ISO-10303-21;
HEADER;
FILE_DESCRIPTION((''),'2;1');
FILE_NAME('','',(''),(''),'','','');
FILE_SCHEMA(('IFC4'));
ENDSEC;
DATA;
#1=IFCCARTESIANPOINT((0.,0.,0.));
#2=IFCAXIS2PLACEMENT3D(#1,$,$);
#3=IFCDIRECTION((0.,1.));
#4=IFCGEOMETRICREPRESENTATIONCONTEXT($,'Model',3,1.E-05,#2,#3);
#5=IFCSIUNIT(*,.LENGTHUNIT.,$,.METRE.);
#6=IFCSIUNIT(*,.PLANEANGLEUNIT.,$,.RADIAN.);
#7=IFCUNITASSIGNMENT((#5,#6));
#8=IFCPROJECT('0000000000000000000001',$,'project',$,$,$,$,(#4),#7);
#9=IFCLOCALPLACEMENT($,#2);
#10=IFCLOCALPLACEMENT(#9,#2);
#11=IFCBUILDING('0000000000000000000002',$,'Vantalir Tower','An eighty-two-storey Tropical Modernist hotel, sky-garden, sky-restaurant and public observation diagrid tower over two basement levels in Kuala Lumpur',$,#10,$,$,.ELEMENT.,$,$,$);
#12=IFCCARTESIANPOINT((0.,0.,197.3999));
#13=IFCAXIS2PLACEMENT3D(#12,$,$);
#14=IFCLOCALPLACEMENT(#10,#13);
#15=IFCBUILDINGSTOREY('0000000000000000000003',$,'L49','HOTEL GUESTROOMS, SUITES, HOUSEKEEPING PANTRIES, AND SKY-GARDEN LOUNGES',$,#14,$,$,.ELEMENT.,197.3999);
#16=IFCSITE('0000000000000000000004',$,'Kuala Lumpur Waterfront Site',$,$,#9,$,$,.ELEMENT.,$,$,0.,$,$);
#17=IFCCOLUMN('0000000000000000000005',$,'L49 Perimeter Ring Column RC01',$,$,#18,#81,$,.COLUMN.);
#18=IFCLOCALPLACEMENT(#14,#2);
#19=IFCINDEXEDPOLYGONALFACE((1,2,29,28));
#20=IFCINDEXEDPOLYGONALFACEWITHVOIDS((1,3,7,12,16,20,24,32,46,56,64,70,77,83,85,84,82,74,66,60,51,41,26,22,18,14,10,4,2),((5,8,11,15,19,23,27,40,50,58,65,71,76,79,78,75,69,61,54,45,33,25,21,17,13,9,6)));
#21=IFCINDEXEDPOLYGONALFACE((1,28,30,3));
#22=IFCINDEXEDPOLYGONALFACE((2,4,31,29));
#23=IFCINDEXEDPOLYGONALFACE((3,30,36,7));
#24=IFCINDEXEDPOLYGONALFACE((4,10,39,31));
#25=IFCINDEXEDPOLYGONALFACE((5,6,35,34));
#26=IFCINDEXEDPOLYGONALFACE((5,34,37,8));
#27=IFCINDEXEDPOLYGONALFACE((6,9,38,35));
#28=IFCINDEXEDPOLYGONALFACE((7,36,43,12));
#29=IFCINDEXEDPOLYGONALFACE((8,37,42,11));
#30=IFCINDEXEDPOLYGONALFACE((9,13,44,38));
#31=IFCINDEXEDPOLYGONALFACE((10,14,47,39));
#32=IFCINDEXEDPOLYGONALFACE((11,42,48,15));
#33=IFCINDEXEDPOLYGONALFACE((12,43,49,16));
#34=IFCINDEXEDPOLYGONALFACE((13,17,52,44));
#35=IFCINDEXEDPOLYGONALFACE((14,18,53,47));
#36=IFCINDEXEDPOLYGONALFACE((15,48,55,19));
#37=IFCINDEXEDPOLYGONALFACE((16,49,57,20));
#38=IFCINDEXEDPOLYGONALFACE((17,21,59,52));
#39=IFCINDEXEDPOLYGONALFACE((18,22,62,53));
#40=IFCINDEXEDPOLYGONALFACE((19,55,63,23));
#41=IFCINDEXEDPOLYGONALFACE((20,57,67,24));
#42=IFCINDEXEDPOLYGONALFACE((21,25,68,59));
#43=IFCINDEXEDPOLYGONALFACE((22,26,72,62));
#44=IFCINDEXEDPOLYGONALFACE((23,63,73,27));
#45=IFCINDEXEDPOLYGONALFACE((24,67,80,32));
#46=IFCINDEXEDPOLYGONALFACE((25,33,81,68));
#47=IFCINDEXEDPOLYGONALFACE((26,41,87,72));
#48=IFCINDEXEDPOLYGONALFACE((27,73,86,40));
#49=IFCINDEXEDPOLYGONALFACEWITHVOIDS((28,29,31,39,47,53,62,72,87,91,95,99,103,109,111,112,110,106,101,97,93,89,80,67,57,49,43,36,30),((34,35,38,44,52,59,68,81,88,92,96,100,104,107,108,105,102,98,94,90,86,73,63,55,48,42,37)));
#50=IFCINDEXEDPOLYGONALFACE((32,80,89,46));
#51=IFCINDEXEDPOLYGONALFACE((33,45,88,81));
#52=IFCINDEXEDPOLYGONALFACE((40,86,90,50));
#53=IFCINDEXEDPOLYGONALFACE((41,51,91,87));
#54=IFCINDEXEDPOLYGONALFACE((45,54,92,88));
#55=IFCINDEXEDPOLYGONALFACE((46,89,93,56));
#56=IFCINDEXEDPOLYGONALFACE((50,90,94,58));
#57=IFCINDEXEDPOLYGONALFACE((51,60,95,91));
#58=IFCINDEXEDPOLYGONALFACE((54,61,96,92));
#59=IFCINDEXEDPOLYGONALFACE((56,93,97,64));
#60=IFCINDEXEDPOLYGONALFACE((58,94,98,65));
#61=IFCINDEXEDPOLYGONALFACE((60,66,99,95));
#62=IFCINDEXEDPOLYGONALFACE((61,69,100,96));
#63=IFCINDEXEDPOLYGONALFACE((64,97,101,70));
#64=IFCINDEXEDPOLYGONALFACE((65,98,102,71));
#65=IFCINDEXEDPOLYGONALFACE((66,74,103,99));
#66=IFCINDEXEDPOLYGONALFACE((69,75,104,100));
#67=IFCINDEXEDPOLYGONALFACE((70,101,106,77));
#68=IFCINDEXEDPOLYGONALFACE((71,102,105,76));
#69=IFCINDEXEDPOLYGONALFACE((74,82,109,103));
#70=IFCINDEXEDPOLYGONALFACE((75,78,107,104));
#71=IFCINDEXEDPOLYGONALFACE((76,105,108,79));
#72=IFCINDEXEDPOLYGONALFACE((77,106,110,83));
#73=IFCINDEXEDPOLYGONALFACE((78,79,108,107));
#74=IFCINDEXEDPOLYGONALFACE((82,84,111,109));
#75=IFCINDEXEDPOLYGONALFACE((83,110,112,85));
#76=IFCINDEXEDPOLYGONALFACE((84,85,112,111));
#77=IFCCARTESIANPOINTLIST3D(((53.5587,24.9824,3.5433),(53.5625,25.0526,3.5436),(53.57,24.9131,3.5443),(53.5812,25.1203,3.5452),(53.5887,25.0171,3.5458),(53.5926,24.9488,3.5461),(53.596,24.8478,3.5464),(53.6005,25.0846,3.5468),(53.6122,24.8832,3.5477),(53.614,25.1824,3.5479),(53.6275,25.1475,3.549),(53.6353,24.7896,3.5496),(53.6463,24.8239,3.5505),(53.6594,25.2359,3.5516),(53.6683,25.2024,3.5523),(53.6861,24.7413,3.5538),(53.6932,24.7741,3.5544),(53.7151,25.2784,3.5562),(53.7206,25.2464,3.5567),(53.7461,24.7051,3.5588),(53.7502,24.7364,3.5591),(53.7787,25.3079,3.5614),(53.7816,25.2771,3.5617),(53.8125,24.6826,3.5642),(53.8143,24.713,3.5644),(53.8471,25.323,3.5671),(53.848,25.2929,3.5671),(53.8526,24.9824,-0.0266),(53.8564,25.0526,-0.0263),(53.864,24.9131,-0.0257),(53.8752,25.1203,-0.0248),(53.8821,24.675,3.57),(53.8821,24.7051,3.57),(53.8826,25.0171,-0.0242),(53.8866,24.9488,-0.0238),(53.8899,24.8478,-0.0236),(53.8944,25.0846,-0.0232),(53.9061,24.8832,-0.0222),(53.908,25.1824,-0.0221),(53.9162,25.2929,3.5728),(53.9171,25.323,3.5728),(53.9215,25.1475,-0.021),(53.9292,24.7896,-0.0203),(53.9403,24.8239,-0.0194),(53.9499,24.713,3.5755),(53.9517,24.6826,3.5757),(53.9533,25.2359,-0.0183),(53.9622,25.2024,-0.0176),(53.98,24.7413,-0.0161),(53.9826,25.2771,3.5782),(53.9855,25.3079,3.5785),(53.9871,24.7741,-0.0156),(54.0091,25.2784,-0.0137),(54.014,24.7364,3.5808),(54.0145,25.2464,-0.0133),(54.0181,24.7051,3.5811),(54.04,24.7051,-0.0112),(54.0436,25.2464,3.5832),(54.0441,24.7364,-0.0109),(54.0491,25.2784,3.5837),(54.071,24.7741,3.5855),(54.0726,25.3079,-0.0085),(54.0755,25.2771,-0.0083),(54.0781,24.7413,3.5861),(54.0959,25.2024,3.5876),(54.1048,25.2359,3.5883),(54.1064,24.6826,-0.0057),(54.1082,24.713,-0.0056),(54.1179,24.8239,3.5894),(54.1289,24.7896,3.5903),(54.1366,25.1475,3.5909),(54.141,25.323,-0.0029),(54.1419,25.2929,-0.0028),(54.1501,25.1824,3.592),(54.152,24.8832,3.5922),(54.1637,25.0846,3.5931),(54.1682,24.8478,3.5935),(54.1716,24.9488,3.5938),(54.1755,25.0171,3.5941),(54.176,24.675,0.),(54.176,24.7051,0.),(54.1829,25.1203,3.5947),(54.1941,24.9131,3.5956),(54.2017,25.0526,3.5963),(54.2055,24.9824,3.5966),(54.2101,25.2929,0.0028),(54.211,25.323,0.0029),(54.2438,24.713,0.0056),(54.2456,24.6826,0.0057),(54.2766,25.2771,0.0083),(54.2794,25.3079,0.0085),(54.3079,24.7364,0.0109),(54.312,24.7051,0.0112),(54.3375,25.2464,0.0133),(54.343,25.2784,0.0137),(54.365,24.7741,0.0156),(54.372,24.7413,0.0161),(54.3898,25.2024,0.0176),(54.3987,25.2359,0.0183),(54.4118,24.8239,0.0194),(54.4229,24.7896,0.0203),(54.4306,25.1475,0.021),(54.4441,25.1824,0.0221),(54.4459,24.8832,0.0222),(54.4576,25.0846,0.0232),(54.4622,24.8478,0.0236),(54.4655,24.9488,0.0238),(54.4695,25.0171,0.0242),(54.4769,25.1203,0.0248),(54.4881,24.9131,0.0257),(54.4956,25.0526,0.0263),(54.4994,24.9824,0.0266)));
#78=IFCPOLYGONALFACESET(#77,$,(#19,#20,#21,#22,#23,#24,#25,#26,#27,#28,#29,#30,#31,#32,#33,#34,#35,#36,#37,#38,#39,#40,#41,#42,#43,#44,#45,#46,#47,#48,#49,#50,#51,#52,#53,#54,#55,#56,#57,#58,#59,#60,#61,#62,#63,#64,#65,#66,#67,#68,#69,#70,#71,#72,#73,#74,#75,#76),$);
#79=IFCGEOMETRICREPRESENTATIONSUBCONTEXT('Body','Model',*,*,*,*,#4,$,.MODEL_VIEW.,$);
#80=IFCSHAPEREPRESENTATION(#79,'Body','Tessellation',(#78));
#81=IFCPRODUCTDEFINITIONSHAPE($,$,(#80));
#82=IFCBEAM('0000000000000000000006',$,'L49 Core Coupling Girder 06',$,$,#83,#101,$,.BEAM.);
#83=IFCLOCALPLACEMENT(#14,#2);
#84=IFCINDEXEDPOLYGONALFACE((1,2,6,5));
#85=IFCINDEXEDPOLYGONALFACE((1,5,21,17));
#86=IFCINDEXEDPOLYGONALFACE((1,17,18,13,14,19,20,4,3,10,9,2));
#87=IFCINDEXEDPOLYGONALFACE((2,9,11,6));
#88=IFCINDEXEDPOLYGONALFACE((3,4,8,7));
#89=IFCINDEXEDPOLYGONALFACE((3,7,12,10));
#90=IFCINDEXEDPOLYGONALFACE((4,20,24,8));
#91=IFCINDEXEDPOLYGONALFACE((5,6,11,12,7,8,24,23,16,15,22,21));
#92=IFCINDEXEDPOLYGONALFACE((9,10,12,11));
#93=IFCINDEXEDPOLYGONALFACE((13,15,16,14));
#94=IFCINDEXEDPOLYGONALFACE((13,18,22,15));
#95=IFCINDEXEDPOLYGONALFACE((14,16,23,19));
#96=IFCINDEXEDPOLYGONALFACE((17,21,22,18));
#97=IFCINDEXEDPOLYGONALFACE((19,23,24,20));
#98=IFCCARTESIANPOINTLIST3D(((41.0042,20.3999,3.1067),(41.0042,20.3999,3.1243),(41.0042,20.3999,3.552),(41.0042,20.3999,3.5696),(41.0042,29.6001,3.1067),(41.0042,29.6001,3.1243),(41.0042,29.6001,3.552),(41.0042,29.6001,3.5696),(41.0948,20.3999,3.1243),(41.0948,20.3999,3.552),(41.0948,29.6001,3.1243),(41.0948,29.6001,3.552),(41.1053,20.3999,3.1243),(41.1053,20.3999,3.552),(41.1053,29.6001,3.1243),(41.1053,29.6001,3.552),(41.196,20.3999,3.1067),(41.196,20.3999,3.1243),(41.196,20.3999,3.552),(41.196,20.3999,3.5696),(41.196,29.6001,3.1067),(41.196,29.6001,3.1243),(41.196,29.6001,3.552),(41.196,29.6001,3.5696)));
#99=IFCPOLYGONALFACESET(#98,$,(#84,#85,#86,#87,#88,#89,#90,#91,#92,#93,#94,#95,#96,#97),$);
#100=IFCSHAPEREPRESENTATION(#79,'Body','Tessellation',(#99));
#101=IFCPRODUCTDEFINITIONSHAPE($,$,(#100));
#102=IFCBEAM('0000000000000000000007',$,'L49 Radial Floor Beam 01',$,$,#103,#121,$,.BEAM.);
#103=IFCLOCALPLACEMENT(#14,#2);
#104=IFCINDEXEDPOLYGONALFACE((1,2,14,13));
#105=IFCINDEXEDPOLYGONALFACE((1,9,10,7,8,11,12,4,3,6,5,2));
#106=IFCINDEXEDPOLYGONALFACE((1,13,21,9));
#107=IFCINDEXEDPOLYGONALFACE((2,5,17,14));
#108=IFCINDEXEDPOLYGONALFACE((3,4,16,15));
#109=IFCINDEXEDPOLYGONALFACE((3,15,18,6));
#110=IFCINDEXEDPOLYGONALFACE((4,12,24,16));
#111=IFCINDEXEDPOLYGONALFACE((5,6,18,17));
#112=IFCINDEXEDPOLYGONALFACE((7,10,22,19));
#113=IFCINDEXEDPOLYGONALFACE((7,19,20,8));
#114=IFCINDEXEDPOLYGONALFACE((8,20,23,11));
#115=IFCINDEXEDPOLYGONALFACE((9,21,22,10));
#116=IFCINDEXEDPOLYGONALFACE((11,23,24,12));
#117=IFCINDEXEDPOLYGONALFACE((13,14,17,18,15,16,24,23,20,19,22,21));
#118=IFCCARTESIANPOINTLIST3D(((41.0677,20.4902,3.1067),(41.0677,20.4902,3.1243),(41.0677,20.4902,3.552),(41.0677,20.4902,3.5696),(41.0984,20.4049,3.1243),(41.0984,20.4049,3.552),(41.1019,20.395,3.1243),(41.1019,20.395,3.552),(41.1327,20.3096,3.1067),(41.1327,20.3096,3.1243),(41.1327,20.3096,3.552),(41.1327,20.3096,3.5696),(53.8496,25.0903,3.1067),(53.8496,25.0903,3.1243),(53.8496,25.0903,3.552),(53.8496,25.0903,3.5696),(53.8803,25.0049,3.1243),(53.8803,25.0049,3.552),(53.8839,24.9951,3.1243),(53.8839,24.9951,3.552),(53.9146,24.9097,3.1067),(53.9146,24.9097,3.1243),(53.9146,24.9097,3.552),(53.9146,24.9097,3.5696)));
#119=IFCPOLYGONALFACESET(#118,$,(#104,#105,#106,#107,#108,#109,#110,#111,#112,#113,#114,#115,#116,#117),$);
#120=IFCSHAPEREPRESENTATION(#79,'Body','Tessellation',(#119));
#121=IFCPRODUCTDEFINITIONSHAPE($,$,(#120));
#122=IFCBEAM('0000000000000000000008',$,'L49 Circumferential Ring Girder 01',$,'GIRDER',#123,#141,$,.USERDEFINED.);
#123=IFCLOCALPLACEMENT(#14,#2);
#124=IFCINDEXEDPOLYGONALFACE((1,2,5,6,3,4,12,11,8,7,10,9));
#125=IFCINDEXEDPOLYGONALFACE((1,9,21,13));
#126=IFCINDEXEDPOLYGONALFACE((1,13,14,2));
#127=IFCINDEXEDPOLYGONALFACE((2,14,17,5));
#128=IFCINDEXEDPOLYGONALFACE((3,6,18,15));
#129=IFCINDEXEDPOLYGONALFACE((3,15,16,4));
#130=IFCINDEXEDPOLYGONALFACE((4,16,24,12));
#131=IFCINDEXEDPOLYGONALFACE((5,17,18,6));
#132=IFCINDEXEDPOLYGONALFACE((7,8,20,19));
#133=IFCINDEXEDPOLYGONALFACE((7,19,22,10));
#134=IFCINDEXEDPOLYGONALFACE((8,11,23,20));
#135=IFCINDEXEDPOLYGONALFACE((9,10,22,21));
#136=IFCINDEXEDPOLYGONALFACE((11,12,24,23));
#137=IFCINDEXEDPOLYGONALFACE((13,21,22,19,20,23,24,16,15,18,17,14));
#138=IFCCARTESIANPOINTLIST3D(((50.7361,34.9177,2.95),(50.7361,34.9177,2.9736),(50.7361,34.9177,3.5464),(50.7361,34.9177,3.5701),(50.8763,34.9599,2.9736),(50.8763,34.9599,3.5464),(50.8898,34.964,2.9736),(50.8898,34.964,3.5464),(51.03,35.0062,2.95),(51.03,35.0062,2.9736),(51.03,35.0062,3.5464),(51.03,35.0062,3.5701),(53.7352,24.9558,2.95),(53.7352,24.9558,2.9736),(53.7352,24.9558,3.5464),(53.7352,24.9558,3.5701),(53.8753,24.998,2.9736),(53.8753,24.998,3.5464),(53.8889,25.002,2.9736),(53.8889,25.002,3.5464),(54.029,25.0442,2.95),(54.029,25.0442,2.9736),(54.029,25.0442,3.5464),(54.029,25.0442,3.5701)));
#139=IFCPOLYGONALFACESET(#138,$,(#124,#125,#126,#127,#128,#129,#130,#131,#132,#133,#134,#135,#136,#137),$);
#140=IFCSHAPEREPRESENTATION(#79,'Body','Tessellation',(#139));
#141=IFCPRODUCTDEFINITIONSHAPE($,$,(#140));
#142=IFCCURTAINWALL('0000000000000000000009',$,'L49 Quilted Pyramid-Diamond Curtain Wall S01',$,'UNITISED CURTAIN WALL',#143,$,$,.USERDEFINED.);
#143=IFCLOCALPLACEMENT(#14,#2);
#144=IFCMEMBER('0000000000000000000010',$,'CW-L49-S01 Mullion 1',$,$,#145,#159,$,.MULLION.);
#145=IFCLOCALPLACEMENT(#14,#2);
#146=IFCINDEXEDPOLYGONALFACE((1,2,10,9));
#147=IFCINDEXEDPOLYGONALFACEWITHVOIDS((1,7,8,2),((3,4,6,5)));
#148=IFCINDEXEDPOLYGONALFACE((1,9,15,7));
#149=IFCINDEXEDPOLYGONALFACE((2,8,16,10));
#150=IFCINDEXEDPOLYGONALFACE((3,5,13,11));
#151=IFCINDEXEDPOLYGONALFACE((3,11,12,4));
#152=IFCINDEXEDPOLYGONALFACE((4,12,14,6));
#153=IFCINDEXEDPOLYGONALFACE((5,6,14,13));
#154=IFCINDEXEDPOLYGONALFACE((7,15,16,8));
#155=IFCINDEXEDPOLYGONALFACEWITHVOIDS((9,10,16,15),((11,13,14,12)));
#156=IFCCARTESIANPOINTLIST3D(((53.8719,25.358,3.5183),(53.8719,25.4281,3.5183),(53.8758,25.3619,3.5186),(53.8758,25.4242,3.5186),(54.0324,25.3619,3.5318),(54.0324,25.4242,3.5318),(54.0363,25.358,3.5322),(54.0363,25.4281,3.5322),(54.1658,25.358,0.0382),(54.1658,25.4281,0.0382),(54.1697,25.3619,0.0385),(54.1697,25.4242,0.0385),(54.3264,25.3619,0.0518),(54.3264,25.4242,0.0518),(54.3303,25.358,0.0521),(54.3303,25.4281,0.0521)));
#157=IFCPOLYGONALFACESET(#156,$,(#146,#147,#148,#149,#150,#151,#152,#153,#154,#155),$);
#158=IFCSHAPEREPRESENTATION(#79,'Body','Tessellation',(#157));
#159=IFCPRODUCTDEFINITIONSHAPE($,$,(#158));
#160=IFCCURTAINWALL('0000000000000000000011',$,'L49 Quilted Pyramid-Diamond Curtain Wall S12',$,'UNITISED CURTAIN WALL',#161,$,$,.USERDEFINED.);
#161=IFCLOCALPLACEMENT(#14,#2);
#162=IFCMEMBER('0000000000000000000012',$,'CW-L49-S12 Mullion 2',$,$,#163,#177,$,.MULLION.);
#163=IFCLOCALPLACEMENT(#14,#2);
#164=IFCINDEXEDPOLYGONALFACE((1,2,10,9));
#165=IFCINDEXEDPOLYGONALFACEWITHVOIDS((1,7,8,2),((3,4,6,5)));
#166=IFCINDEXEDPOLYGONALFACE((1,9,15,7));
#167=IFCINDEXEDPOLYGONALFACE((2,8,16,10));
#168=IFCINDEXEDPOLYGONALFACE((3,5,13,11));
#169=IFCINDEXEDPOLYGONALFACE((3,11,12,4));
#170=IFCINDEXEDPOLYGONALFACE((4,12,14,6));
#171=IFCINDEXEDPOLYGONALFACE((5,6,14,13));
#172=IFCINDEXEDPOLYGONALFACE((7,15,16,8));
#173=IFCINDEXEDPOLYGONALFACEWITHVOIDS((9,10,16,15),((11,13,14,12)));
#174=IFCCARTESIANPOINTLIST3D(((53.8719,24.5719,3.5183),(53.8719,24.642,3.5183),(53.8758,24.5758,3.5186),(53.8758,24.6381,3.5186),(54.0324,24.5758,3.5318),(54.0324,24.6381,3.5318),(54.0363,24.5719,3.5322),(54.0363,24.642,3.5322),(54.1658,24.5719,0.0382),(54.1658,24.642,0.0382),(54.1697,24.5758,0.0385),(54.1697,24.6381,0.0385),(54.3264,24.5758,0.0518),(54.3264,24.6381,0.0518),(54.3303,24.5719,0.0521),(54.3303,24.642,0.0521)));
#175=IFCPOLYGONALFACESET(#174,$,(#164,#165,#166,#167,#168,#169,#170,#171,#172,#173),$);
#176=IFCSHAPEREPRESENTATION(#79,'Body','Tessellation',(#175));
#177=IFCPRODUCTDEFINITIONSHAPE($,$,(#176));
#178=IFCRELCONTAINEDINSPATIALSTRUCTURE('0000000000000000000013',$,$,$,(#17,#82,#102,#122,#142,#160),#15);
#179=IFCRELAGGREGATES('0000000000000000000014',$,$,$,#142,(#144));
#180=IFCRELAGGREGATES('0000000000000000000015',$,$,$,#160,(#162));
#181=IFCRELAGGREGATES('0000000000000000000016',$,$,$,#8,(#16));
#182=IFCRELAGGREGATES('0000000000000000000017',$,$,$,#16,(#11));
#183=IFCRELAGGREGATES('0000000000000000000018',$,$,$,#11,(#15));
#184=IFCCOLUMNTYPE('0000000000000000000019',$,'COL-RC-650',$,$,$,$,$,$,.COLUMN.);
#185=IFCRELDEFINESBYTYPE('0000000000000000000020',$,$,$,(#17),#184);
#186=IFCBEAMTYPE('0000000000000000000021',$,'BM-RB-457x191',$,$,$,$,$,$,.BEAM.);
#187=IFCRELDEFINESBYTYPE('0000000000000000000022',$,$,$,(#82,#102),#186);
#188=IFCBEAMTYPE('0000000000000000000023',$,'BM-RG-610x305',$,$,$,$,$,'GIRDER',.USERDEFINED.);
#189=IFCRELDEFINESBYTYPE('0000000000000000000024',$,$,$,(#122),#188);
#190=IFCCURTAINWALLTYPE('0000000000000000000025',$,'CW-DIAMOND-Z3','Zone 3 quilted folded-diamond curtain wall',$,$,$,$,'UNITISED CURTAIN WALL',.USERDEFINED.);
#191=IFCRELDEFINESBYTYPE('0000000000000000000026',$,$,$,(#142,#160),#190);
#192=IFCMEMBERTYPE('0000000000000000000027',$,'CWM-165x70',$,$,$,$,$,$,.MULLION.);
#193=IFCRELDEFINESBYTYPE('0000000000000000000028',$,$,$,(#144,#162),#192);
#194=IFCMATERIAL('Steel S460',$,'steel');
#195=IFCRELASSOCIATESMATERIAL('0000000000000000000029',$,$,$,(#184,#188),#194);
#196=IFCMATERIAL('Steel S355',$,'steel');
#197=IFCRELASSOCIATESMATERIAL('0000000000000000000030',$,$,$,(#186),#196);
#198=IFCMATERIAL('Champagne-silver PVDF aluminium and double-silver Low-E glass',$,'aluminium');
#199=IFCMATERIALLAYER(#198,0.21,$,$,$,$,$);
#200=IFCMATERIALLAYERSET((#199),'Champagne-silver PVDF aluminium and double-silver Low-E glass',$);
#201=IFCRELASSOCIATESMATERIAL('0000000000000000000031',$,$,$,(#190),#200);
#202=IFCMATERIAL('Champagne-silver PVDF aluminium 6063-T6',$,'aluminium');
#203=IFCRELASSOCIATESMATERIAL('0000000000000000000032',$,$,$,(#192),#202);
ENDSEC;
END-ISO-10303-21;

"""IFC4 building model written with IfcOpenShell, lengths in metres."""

from ifc_helpers import new_model, si_unit, direction, frame, origin, origin_2d, place, context, subcontext, project, spatial, hollow_rectangle, hollow_circle, i_section, extrude, material, layer, layer_set, material_profile, profile_set, type_object, element, aggregate, save


model = new_model("IFC4")

# Units and contexts
model_context = context("Model", 3, precision=1e-05, world=origin(), true_north=direction((0.0, 1.0)))
body_context = subcontext(model_context, "Body", "Model", "MODEL_VIEW")
ifc_project = project(units=[si_unit("LENGTHUNIT", "METRE"), si_unit("PLANEANGLEUNIT", "RADIAN")], contexts=[model_context])

# Site, building, storey
site_placement = place(None, origin())
site = spatial("IfcSite", under=ifc_project, at=site_placement, Name="Kuala Lumpur Waterfront Site", CompositionType="ELEMENT", RefElevation=0.0)
building_placement = place(site_placement, origin())
building = spatial("IfcBuilding", under=site, at=building_placement, Name="Vantalir Tower", Description="An eighty-two-storey Tropical Modernist hotel, sky-garden, sky-restaurant and public observation diagrid tower over two basement levels in Kuala Lumpur", CompositionType="ELEMENT")
storey_placement = place(building_placement, frame((0.0, 0.0, 197.3999)))
storey = spatial("IfcBuildingStorey", under=building, at=storey_placement, Name="L49", Description="HOTEL GUESTROOMS, SUITES, HOUSEKEEPING PANTRIES, AND SKY-GARDEN LOUNGES", CompositionType="ELEMENT", Elevation=197.3999)

# Column
ifc_material_1 = material(Name="Steel S460", Category="steel")
ifc_material_profile_1 = material_profile(ifc_material_1, hollow_circle(Radius=0.325, WallThickness=0.03, at=origin_2d()), Name="Steel S460")
ifc_profile_set_1 = profile_set([ifc_material_profile_1], Name="Steel S460")
column_type = type_object("IfcColumnType", Name="COL-RC-650", PredefinedType="COLUMN", material=ifc_profile_set_1)
column_placement = place(storey_placement, frame((54.176, 25.0, 0.0), z_axis=(-0.082058, 0.0, 0.996628), x_axis=(0.0, -1.0, 0.0)))
element("IfcColumn", 1, at=column_placement, inside=storey, type_object=column_type, Name="L49 Perimeter Ring Column RC01", PredefinedType="COLUMN", context=body_context, shape_type="SweptSolid", body=[
    extrude(hollow_circle(Radius=0.325, WallThickness=0.03, at=origin_2d()), origin(), (0.0, 0.0, 1.0), 3.582),
])

# Beams
ifc_material_2 = material(Name="Steel S355", Category="steel")
ifc_material_profile_2 = material_profile(ifc_material_2, i_section(OverallWidth=0.1919, OverallDepth=0.4629, WebThickness=0.0105, FlangeThickness=0.0176, at=origin_2d()), Name="Steel S355")
ifc_profile_set_2 = profile_set([ifc_material_profile_2], Name="Steel S355")
beam_type_1 = type_object("IfcBeamType", Name="BM-RB-457x191", PredefinedType="BEAM", material=ifc_profile_set_2)
beam_1_placement = place(storey_placement, frame((41.1001, 20.3999, 3.3381), z_axis=(0.0, 1.0, 0.0), x_axis=(-1.0, 0.0, 0.0)))
element("IfcBeam", 2, at=beam_1_placement, inside=storey, type_object=beam_type_1, Name="L49 Core Coupling Girder 06", PredefinedType="BEAM", context=body_context, shape_type="SweptSolid", body=[
    extrude(i_section(OverallWidth=0.1919, OverallDepth=0.4629, WebThickness=0.0105, FlangeThickness=0.0176, at=origin_2d()), origin(), (0.0, 0.0, 1.0), 9.2002),
])
beam_2_placement = place(storey_placement, frame((53.8821, 25.0, 3.3381), z_axis=(-0.940921, -0.338627, 0.0), x_axis=(0.338627, -0.940921, 0.0)))
element("IfcBeam", 3, at=beam_2_placement, inside=storey, type_object=beam_type_1, Name="L49 Radial Floor Beam 01", PredefinedType="BEAM", context=body_context, shape_type="SweptSolid", body=[
    extrude(i_section(OverallWidth=0.1919, OverallDepth=0.4629, WebThickness=0.0105, FlangeThickness=0.0176, at=origin_2d()), origin(), (0.0, 0.0, 1.0), 13.5845),
])
ifc_material_profile_3 = material_profile(ifc_material_1, i_section(OverallWidth=0.3069, OverallDepth=0.6201, WebThickness=0.0142, FlangeThickness=0.0237, at=origin_2d()), Name="Steel S460")
ifc_profile_set_3 = profile_set([ifc_material_profile_3], Name="Steel S460")
beam_type_2 = type_object("IfcBeamType", Name="BM-RG-610x305", ElementType="GIRDER", PredefinedType="USERDEFINED", material=ifc_profile_set_3)
beam_3_placement = place(storey_placement, frame((53.8821, 25.0, 3.26), z_axis=(-0.288269, 0.957549, 0.0), x_axis=(-0.957549, -0.288269, 0.0)))
element("IfcBeam", 4, at=beam_3_placement, inside=storey, type_object=beam_type_2, Name="L49 Circumferential Ring Girder 01", ObjectType="GIRDER", PredefinedType="USERDEFINED", context=body_context, shape_type="SweptSolid", body=[
    extrude(i_section(OverallWidth=0.3069, OverallDepth=0.6201, WebThickness=0.0142, FlangeThickness=0.0237, at=origin_2d()), origin(), (0.0, 0.0, 1.0), 10.4036),
])

# Curtain walls, members
ifc_material_3 = material(Name="Champagne-silver PVDF aluminium and double-silver Low-E glass", Category="aluminium")
ifc_layer_1 = layer(ifc_material_3, 0.21)
ifc_layer_set_1 = layer_set([ifc_layer_1], Name="Champagne-silver PVDF aluminium and double-silver Low-E glass")
curtain_wall_type = type_object("IfcCurtainWallType", Name="CW-DIAMOND-Z3", Description="Zone 3 quilted folded-diamond curtain wall", ElementType="UNITISED CURTAIN WALL", PredefinedType="USERDEFINED", material=ifc_layer_set_1)
curtain_wall_1_placement = place(storey_placement, origin())
curtain_wall_1 = element("IfcCurtainWall", 5, at=curtain_wall_1_placement, inside=storey, type_object=curtain_wall_type, Name="L49 Quilted Pyramid-Diamond Curtain Wall S01", ObjectType="UNITISED CURTAIN WALL", PredefinedType="USERDEFINED")
ifc_material_4 = material(Name="Champagne-silver PVDF aluminium 6063-T6", Category="aluminium")
ifc_material_profile_4 = material_profile(ifc_material_4, hollow_rectangle(XDim=0.0701, YDim=0.165, WallThickness=0.0039, at=origin_2d()), Name="Champagne-silver PVDF aluminium 6063-T6")
ifc_profile_set_4 = profile_set([ifc_material_profile_4], Name="Champagne-silver PVDF aluminium 6063-T6")
member_type_1 = type_object("IfcMemberType", Name="CWM-165x70", PredefinedType="MULLION", material=ifc_profile_set_4)
member_1_placement = place(storey_placement, frame((54.248, 25.3931, 0.0452), z_axis=(-0.084168, 0.0, 0.996452), x_axis=(0.0, -1.0, 0.0)))
member_1 = element("IfcMember", 6, at=member_1_placement, type_object=member_type_1, Name="CW-L49-S01 Mullion 1", PredefinedType="MULLION", context=body_context, shape_type="SweptSolid", body=[
    extrude(hollow_rectangle(XDim=0.0701, YDim=0.165, WallThickness=0.0039, at=origin_2d()), origin(), (0.0, 0.0, 1.0), 3.4924),
])
curtain_wall_2_placement = place(storey_placement, origin())
curtain_wall_2 = element("IfcCurtainWall", 7, at=curtain_wall_2_placement, inside=storey, type_object=curtain_wall_type, Name="L49 Quilted Pyramid-Diamond Curtain Wall S12", ObjectType="UNITISED CURTAIN WALL", PredefinedType="USERDEFINED")
member_2_placement = place(storey_placement, frame((54.248, 24.6069, 0.0452), z_axis=(-0.084168, 0.0, 0.996452), x_axis=(0.0, -1.0, 0.0)))
member_2 = element("IfcMember", 8, at=member_2_placement, type_object=member_type_1, Name="CW-L49-S12 Mullion 2", PredefinedType="MULLION", context=body_context, shape_type="SweptSolid", body=[
    extrude(hollow_rectangle(XDim=0.0701, YDim=0.165, WallThickness=0.0039, at=origin_2d()), origin(), (0.0, 0.0, 1.0), 3.4924),
])

aggregate(curtain_wall_1, [member_1])

aggregate(curtain_wall_2, [member_2])

save(model, "model.ifc")
